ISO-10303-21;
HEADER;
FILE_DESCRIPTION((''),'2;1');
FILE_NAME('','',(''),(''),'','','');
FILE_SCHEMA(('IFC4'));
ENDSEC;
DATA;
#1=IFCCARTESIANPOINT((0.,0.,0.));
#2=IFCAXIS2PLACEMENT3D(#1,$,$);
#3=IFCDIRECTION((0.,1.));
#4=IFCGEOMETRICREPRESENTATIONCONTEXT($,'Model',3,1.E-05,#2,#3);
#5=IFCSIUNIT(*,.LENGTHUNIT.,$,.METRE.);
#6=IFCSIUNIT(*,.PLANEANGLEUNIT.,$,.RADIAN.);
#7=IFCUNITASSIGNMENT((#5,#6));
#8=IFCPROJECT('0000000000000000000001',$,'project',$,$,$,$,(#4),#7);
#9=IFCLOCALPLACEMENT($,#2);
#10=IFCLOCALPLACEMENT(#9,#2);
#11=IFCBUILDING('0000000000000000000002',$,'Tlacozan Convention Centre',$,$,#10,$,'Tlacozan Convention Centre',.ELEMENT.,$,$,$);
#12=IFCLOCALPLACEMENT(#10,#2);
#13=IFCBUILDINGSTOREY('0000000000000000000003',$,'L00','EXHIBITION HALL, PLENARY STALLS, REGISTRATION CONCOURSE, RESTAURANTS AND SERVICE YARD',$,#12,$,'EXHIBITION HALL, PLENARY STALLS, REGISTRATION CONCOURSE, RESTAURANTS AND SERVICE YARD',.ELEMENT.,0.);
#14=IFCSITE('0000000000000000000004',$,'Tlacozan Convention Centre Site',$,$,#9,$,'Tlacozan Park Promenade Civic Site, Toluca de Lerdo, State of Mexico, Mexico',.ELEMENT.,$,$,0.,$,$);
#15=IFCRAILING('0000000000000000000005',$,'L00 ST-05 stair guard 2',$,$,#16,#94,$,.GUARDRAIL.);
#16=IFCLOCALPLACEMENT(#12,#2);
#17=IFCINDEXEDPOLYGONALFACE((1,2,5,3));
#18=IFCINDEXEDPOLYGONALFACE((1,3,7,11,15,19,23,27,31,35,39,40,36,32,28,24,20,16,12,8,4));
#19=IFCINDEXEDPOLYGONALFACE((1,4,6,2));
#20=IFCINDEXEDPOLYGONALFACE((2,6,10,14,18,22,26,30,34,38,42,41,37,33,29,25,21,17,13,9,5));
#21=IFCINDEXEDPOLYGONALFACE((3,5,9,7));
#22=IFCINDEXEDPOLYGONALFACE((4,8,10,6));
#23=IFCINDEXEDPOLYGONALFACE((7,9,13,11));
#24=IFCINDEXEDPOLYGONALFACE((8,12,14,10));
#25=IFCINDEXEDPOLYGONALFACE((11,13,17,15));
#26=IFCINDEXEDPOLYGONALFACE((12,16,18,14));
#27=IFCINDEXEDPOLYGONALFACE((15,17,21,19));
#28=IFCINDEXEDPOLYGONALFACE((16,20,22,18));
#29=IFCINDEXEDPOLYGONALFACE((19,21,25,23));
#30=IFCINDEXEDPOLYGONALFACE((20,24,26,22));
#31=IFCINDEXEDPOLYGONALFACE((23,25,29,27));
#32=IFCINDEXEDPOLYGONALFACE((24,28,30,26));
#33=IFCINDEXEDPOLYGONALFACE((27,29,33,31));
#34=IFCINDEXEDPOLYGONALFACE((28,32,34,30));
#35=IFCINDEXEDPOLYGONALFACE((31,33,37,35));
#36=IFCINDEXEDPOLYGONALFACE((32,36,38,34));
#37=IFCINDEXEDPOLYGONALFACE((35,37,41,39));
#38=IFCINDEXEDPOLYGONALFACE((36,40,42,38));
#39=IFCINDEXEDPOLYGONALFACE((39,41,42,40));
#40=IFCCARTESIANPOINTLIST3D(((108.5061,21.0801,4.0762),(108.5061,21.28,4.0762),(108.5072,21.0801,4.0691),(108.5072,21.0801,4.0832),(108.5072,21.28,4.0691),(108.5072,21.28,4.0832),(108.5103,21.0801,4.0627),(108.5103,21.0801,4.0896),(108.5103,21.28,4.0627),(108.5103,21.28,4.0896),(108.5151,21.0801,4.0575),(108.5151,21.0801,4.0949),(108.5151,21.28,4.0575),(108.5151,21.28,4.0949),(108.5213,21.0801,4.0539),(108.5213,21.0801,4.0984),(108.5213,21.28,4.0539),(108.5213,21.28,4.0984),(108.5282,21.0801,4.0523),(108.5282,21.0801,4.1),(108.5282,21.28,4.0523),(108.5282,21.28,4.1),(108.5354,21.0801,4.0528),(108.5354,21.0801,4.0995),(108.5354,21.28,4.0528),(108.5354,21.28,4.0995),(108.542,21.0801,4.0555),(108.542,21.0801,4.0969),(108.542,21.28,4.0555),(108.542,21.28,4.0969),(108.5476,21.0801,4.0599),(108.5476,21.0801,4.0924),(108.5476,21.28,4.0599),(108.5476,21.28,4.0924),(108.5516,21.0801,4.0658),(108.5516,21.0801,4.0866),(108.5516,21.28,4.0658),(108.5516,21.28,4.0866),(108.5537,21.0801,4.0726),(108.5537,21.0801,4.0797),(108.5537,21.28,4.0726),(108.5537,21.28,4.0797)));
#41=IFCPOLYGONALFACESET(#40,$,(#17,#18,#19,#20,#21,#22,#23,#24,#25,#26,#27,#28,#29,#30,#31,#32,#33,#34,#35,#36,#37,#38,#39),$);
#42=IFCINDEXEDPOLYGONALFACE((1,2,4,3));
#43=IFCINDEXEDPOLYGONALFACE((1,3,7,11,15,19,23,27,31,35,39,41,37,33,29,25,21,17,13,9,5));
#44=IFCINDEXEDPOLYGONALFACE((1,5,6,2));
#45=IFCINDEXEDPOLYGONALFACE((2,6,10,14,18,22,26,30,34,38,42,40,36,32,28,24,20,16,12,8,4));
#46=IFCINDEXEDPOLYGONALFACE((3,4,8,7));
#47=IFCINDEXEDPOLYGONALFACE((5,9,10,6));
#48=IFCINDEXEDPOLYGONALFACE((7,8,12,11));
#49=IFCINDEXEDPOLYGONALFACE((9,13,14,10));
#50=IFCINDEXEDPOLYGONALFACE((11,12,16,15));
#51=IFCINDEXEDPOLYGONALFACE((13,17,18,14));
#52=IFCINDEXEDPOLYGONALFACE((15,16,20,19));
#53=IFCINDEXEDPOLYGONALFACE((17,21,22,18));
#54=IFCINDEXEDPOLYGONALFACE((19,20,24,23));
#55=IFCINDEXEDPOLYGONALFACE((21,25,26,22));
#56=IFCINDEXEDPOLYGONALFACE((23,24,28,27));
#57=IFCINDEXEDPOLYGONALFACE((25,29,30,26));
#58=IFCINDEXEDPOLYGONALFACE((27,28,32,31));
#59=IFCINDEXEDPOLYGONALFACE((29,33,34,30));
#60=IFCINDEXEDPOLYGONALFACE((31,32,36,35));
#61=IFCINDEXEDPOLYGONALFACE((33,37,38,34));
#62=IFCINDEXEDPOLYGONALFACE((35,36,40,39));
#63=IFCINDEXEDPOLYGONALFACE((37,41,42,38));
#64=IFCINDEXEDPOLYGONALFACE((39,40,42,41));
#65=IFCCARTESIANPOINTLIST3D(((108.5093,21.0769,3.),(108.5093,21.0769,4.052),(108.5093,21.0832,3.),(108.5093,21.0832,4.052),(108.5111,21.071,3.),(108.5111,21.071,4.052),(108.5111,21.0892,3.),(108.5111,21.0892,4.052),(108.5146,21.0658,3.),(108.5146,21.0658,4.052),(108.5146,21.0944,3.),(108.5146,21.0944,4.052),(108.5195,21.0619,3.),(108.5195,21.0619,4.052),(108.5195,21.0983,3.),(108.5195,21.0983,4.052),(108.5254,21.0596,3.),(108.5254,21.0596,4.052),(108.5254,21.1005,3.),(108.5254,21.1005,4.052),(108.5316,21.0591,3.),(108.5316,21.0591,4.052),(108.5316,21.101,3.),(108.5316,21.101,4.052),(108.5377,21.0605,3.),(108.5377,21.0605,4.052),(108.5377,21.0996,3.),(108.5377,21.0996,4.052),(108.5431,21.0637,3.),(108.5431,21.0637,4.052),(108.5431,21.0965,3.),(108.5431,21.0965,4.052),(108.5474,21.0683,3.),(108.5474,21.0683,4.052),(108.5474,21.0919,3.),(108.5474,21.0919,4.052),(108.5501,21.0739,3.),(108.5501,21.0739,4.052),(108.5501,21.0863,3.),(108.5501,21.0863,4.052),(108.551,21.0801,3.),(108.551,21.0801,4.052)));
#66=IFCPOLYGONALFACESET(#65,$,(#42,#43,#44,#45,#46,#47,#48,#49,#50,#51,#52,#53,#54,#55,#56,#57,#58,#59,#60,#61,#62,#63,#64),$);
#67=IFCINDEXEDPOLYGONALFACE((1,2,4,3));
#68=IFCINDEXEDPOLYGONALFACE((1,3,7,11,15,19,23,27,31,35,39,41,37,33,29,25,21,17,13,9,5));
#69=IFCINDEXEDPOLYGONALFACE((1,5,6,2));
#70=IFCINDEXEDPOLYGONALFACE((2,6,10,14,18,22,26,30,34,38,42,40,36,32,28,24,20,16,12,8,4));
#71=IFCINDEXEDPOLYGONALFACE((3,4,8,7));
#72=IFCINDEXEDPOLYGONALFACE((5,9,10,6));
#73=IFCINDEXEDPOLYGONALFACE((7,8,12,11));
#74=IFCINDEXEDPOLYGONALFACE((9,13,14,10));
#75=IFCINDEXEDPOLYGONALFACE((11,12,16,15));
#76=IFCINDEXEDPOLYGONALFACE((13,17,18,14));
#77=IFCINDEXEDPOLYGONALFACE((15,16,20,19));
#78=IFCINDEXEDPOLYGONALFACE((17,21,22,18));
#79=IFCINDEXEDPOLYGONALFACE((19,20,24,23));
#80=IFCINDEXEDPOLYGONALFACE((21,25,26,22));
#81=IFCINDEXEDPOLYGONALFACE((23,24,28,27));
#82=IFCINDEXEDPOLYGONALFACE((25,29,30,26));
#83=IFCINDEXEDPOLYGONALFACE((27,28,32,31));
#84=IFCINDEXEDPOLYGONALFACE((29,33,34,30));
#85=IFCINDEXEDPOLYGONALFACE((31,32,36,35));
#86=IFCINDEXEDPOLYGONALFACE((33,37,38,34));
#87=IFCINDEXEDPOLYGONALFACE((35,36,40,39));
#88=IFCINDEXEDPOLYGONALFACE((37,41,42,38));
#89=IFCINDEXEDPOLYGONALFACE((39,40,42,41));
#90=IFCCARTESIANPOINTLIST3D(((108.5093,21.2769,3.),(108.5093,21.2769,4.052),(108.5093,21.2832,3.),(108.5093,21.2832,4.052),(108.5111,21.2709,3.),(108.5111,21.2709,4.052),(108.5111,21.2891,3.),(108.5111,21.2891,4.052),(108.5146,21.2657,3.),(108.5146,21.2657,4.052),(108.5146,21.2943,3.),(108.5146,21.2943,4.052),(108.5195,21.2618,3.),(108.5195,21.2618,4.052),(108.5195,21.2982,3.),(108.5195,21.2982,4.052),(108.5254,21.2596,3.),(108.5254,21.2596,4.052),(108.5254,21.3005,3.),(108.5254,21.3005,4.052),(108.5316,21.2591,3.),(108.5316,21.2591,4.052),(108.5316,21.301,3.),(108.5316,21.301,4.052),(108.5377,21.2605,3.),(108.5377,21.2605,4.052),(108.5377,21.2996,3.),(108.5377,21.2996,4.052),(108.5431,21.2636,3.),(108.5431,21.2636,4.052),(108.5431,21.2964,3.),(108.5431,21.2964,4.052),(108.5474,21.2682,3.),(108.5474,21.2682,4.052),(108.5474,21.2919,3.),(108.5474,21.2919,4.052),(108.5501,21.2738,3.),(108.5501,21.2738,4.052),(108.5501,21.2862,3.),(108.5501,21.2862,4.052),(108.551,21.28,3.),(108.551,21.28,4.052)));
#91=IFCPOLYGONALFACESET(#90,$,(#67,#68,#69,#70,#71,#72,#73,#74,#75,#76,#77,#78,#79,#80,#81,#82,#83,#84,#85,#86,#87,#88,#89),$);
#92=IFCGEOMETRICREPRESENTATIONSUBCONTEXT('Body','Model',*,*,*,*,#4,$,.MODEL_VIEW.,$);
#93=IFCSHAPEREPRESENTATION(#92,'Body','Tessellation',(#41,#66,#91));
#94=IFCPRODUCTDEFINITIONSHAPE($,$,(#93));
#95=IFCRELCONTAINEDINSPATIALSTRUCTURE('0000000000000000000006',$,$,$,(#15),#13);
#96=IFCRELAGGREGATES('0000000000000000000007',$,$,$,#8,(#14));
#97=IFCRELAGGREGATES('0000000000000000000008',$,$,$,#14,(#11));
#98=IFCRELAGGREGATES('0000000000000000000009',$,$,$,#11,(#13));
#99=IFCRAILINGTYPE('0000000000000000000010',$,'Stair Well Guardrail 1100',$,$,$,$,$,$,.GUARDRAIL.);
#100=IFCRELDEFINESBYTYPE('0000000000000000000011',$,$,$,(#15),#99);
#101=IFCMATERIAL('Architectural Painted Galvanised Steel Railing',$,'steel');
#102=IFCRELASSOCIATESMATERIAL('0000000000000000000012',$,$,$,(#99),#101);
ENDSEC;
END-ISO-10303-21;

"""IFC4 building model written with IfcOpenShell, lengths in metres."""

from ifc_helpers import new_model, si_unit, direction, frame, origin, origin_2d, place, context, subcontext, project, spatial, circle, extrude, material, type_object, element, save


model = new_model("IFC4")

# Units and contexts
model_context = context("Model", 3, precision=1e-05, world=origin(), true_north=direction((0.0, 1.0)))
body_context = subcontext(model_context, "Body", "Model", "MODEL_VIEW")
ifc_project = project(units=[si_unit("LENGTHUNIT", "METRE"), si_unit("PLANEANGLEUNIT", "RADIAN")], contexts=[model_context])

# Site, building, storey
site_placement = place(None, origin())
site = spatial("IfcSite", under=ifc_project, at=site_placement, Name="Tlacozan Convention Centre Site", LongName="Tlacozan Park Promenade Civic Site, Toluca de Lerdo, State of Mexico, Mexico", CompositionType="ELEMENT", RefElevation=0.0)
building_placement = place(site_placement, origin())
building = spatial("IfcBuilding", under=site, at=building_placement, Name="Tlacozan Convention Centre", LongName="Tlacozan Convention Centre", CompositionType="ELEMENT")
storey_placement = place(building_placement, origin())
storey = spatial("IfcBuildingStorey", under=building, at=storey_placement, Name="L00", Description="EXHIBITION HALL, PLENARY STALLS, REGISTRATION CONCOURSE, RESTAURANTS AND SERVICE YARD", LongName="EXHIBITION HALL, PLENARY STALLS, REGISTRATION CONCOURSE, RESTAURANTS AND SERVICE YARD", CompositionType="ELEMENT", Elevation=0.0)

# Railing
ifc_material_1 = material(Name="Architectural Painted Galvanised Steel Railing", Category="steel")
railing_type_1 = type_object("IfcRailingType", Name="Stair Well Guardrail 1100", PredefinedType="GUARDRAIL", material=ifc_material_1)
railing_1_placement = place(storey_placement, frame((108.53, 21.0801, 3.0)))
element("IfcRailing", 1, at=railing_1_placement, inside=storey, type_object=railing_type_1, Name="L00 ST-05 stair guard 2", PredefinedType="GUARDRAIL", context=body_context, shape_type="SweptSolid", body=[
    extrude(circle(Radius=0.0239, at=origin_2d()), frame((0.0, 0.0, 1.0762), z_axis=(0.0, 1.0, 0.0), x_axis=(-1.0, 0.0, 0.0)), (0.0, 0.0, 1.0), 0.2),
    extrude(circle(Radius=0.021, at=origin_2d()), origin(), (0.0, 0.0, 1.0), 1.052),
    extrude(circle(Radius=0.021, at=origin_2d()), frame((0.0, 0.2, 0.0)), (0.0, 0.0, 1.0), 1.052),
])

save(model, "model.ifc")
